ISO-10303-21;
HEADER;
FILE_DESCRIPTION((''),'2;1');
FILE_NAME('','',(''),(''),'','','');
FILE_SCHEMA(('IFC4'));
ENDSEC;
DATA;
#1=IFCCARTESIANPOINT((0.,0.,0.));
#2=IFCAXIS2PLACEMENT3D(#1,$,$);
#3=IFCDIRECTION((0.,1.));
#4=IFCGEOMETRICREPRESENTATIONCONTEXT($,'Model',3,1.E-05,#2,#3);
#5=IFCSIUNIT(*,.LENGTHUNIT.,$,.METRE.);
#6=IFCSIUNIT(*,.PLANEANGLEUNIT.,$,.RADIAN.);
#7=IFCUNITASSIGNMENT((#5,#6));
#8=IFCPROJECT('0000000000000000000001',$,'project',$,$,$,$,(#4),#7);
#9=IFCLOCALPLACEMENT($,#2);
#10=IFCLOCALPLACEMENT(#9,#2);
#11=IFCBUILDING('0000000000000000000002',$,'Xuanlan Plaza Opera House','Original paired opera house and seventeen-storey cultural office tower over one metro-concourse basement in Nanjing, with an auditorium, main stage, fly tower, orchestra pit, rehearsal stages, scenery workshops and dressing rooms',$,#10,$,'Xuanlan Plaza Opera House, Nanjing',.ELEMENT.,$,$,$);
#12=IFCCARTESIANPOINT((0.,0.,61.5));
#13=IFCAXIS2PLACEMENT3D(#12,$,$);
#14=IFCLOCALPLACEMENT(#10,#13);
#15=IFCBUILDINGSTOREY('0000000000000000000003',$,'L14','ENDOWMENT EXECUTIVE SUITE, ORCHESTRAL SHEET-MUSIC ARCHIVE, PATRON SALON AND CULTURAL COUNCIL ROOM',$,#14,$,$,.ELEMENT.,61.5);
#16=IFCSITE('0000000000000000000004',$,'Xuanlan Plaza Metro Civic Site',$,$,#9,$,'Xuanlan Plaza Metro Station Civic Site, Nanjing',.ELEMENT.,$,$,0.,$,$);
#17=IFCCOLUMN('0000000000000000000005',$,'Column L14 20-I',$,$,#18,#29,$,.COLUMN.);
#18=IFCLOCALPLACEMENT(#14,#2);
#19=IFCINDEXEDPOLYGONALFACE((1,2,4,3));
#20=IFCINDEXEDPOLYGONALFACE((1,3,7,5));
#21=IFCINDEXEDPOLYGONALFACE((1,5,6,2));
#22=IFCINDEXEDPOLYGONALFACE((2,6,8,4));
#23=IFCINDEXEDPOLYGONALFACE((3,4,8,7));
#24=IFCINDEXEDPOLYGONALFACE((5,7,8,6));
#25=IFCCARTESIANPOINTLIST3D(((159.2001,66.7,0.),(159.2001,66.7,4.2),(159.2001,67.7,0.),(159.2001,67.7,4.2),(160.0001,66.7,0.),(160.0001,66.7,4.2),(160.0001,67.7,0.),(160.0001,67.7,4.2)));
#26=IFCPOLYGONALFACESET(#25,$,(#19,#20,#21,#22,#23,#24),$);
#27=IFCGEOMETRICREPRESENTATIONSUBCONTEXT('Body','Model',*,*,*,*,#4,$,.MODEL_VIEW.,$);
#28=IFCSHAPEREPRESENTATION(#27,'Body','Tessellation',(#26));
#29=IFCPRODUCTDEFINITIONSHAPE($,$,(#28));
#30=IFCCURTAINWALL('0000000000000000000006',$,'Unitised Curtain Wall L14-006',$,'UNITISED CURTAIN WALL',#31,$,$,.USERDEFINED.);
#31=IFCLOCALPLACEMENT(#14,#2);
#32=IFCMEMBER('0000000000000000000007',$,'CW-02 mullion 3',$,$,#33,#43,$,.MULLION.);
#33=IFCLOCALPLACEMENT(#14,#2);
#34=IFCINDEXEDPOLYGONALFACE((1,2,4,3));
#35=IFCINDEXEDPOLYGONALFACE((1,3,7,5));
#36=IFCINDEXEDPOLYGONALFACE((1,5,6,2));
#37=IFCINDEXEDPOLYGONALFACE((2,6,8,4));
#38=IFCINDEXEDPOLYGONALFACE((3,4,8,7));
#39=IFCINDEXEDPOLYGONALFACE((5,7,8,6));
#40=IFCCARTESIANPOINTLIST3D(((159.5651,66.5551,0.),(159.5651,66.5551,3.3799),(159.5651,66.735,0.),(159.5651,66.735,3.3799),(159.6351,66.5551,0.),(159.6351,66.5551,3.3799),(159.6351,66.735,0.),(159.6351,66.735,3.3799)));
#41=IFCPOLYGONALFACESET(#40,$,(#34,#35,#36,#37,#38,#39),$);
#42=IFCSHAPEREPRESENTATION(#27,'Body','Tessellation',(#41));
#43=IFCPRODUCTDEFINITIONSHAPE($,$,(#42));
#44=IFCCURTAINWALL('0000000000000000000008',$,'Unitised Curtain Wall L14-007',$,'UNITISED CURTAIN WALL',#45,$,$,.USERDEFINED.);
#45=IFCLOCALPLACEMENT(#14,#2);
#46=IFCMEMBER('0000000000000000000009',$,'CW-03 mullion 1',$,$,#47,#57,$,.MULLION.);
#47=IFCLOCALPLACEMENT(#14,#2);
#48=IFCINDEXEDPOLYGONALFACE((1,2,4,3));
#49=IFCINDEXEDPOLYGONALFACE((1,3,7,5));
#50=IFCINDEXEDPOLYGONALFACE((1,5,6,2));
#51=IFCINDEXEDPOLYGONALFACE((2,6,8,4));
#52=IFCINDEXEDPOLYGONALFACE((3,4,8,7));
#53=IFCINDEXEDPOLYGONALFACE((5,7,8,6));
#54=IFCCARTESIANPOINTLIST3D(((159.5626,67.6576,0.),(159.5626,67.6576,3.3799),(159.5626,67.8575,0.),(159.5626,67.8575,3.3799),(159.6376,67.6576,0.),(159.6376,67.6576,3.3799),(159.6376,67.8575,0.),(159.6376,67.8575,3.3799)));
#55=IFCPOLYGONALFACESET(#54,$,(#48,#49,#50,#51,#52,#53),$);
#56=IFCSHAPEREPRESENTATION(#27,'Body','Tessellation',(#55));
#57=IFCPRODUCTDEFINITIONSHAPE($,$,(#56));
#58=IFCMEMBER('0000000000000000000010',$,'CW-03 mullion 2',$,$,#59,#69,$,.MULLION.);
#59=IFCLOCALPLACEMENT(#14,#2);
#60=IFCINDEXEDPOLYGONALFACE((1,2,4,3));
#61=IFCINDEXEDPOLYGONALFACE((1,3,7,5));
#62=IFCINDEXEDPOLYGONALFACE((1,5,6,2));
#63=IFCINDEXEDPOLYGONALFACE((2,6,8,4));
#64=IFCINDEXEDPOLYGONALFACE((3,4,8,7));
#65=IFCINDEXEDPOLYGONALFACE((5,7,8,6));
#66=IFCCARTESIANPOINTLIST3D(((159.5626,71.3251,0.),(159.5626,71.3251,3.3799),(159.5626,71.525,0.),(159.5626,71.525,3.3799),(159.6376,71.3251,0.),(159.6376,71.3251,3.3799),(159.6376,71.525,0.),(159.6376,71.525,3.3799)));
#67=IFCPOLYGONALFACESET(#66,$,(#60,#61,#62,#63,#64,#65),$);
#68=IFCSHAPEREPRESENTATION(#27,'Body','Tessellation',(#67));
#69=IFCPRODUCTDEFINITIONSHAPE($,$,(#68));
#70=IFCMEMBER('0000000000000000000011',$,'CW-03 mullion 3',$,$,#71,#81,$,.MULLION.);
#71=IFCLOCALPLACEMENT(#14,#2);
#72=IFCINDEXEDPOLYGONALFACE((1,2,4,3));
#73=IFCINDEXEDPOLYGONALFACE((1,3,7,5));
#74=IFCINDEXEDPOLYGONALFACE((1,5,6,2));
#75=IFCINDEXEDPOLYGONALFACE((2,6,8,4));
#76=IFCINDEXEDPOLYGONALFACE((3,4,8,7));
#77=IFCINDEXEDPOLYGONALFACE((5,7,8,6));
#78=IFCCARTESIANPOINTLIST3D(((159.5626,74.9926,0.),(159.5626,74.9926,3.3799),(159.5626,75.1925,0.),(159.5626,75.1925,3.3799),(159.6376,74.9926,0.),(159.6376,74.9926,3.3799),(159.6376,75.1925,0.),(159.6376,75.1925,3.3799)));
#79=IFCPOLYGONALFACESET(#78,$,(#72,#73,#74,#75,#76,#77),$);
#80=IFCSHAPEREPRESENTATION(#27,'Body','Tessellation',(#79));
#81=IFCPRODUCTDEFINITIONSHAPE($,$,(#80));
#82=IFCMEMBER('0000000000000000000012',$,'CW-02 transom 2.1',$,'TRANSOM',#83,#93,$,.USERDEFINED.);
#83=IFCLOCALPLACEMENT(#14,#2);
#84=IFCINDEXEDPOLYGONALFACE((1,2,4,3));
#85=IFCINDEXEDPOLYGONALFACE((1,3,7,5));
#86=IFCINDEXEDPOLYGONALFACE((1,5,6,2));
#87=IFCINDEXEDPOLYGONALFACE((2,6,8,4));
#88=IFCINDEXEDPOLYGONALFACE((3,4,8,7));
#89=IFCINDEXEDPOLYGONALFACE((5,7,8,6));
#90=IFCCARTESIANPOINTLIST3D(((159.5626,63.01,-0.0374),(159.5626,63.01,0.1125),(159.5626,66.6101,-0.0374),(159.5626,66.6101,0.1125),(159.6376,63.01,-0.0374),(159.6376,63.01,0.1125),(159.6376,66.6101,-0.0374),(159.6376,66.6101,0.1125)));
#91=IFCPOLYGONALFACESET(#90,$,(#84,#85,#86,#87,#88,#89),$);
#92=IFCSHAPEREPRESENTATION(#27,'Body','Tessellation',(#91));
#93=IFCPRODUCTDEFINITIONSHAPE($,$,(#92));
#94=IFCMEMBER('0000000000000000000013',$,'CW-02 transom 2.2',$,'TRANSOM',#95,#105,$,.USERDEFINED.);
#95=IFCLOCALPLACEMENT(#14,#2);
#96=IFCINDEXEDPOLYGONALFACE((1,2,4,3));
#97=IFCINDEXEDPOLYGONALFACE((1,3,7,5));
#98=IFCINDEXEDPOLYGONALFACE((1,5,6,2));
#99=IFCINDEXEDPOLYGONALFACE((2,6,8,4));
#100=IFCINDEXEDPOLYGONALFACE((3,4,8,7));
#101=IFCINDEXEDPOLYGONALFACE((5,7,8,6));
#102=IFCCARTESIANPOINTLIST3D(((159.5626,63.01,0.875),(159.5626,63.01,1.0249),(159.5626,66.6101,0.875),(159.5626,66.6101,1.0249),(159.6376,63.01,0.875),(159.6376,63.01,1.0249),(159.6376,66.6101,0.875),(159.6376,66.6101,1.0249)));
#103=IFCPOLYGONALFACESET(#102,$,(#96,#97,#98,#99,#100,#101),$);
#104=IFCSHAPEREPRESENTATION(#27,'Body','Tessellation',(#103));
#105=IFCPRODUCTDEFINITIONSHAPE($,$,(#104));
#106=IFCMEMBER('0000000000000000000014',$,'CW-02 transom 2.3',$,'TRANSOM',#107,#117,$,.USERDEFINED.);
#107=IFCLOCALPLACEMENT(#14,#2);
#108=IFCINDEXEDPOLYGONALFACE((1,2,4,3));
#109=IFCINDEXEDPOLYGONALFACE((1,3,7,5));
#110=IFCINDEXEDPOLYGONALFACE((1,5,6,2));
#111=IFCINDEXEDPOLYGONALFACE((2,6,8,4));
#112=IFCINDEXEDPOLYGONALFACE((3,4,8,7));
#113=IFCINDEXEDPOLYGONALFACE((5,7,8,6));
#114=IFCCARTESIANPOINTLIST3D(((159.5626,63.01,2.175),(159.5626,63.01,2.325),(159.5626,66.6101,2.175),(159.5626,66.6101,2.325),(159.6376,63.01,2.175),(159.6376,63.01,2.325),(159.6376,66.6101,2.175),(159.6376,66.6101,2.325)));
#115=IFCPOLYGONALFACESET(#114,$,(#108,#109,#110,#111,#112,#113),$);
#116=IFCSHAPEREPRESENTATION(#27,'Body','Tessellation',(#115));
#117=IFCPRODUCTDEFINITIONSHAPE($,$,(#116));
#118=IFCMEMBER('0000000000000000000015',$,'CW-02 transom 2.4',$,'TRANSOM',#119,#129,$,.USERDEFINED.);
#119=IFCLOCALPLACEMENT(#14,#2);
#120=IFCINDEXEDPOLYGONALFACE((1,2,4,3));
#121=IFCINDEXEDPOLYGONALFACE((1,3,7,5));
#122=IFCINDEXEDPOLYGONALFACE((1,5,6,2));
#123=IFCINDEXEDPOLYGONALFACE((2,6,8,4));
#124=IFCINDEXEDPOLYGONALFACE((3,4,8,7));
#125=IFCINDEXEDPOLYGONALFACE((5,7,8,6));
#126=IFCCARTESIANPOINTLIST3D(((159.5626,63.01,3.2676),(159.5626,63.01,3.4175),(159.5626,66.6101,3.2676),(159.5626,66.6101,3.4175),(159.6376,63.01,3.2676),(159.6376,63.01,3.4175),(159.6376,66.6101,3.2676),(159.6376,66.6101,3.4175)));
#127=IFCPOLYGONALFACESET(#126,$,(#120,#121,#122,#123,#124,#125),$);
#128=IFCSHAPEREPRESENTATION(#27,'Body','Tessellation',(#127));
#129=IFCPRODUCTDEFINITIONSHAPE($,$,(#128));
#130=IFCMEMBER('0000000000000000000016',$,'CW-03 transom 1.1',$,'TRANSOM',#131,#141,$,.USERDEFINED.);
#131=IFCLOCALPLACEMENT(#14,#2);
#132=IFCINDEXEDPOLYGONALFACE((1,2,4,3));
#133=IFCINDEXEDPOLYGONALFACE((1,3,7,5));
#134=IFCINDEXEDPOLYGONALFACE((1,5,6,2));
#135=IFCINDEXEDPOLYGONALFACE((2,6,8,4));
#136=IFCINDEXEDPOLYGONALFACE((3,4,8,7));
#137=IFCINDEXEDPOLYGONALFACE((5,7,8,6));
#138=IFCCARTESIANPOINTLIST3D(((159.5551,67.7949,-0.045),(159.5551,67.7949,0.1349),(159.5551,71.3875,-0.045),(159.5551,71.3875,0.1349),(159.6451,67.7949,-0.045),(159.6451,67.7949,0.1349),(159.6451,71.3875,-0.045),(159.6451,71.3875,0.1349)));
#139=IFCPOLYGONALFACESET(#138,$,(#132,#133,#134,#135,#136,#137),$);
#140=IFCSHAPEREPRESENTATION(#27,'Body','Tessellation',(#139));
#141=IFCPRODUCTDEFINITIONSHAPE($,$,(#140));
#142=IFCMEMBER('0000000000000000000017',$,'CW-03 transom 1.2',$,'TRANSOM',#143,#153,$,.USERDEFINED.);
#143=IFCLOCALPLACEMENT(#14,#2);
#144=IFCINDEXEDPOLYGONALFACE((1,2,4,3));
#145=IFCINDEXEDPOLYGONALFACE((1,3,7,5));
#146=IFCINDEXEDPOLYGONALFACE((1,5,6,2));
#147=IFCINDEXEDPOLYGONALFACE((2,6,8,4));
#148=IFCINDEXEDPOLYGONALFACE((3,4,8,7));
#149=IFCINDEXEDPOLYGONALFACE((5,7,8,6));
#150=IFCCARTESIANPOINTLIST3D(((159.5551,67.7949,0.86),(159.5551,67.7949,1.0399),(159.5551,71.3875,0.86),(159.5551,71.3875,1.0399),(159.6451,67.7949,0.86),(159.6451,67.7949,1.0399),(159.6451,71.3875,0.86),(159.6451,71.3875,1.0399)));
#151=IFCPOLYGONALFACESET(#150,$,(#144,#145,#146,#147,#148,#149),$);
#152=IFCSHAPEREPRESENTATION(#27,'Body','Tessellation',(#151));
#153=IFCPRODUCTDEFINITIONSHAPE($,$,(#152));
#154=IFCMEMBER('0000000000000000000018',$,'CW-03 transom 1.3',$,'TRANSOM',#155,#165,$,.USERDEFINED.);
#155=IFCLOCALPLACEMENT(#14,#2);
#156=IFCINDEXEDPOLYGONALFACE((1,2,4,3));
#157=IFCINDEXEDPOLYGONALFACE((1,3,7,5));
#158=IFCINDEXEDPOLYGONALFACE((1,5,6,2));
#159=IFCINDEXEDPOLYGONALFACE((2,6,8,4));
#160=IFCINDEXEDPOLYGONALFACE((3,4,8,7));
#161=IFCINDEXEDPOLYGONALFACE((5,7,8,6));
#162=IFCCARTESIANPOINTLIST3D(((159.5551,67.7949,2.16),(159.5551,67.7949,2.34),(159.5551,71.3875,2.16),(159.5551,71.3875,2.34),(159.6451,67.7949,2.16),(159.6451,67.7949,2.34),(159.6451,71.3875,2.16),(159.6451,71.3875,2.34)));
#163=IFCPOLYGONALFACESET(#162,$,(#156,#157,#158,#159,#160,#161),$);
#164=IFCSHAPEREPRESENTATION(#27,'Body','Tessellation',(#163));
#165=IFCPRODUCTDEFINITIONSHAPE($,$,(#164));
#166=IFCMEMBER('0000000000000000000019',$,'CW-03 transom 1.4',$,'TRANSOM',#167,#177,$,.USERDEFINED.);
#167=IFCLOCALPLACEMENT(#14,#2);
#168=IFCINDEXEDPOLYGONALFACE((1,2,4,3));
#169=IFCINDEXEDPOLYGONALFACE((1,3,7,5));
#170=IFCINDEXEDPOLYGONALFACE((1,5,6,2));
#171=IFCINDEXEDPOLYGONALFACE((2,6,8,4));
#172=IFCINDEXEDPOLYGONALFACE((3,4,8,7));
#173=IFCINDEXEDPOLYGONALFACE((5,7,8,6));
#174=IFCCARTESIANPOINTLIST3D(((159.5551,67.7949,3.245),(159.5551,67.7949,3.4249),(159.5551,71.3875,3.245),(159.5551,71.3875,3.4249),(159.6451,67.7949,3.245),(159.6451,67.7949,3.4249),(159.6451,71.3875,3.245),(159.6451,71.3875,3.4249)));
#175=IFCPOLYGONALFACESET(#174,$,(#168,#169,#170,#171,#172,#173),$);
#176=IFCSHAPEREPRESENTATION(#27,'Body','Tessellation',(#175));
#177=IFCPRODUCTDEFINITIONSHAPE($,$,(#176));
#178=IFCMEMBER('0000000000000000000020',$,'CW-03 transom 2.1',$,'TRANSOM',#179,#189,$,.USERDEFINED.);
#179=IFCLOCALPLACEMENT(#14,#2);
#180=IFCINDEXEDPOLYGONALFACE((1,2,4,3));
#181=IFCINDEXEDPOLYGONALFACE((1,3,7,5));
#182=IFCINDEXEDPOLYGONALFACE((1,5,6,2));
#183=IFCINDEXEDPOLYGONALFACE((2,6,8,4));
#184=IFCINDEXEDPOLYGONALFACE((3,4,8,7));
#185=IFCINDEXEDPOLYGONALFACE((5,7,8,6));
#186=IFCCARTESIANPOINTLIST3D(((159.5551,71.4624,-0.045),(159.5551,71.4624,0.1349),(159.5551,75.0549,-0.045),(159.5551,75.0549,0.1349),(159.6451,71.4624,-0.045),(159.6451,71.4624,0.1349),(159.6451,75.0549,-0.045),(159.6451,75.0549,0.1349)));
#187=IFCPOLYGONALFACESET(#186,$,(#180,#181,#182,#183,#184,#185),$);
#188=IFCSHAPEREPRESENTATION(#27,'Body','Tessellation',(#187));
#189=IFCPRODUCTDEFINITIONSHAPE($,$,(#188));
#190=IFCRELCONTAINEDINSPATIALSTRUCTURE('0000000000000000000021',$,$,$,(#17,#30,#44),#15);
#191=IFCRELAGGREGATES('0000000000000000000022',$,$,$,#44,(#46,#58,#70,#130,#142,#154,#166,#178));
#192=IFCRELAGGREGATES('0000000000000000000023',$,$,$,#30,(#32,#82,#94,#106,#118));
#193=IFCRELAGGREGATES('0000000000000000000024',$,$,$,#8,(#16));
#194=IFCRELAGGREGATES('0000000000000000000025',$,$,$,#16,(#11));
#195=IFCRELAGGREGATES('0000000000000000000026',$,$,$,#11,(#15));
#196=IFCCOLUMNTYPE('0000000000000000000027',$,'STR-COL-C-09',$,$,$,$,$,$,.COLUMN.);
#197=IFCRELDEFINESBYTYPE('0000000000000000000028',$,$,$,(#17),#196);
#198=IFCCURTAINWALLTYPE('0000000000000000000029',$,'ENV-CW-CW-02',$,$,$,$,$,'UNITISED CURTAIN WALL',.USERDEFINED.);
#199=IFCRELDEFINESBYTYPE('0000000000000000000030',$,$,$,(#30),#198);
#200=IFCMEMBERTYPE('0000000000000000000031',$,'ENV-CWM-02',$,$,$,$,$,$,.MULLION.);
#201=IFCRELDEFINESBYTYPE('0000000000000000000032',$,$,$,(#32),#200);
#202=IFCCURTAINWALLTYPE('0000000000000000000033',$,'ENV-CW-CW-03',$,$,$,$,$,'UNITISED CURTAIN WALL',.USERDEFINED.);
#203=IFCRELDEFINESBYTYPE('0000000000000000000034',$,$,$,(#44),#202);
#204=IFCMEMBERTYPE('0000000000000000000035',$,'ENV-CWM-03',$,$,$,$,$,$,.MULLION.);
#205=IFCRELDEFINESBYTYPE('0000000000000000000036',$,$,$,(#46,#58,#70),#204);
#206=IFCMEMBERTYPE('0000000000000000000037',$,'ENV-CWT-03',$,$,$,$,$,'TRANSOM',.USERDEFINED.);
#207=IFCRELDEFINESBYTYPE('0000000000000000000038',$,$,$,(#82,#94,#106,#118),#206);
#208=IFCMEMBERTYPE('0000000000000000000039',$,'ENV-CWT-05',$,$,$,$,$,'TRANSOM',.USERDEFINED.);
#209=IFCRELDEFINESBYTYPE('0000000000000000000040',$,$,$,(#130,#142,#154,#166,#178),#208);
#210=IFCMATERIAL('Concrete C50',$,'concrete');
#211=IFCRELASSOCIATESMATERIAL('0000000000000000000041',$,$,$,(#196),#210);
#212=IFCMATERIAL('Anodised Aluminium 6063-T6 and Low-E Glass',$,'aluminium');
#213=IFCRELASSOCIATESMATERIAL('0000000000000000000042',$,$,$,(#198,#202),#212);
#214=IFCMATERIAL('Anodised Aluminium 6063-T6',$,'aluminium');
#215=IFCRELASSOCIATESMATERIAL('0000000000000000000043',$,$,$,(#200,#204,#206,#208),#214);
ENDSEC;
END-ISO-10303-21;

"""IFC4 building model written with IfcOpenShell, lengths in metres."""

from ifc_helpers import new_model, si_unit, direction, frame, origin, origin_2d, place, context, subcontext, project, spatial, rectangle, extrude, material, material_profile, profile_set, type_object, element, aggregate, save


model = new_model("IFC4")

# Units and contexts
model_context = context("Model", 3, precision=1e-05, world=origin(), true_north=direction((0.0, 1.0)))
body_context = subcontext(model_context, "Body", "Model", "MODEL_VIEW")
ifc_project = project(units=[si_unit("LENGTHUNIT", "METRE"), si_unit("PLANEANGLEUNIT", "RADIAN")], contexts=[model_context])

# Site, building, storey
site_placement = place(None, origin())
site = spatial("IfcSite", under=ifc_project, at=site_placement, Name="Xuanlan Plaza Metro Civic Site", LongName="Xuanlan Plaza Metro Station Civic Site, Nanjing", CompositionType="ELEMENT", RefElevation=0.0)
building_placement = place(site_placement, origin())
building = spatial("IfcBuilding", under=site, at=building_placement, Name="Xuanlan Plaza Opera House", Description="Original paired opera house and seventeen-storey cultural office tower over one metro-concourse basement in Nanjing, with an auditorium, main stage, fly tower, orchestra pit, rehearsal stages, scenery workshops and dressing rooms", LongName="Xuanlan Plaza Opera House, Nanjing", CompositionType="ELEMENT")
storey_placement = place(building_placement, frame((0.0, 0.0, 61.5)))
storey = spatial("IfcBuildingStorey", under=building, at=storey_placement, Name="L14", Description="ENDOWMENT EXECUTIVE SUITE, ORCHESTRAL SHEET-MUSIC ARCHIVE, PATRON SALON AND CULTURAL COUNCIL ROOM", CompositionType="ELEMENT", Elevation=61.5)

# Column
ifc_material_1 = material(Name="Concrete C50", Category="concrete")
ifc_material_profile_1 = material_profile(ifc_material_1, rectangle(XDim=0.8, YDim=1.0, at=origin_2d()), Name="RC-COL 800x1000")
ifc_profile_set_1 = profile_set([ifc_material_profile_1], Name="Concrete C50")
column_type = type_object("IfcColumnType", Name="STR-COL-C-09", PredefinedType="COLUMN", material=ifc_profile_set_1)
column_placement = place(storey_placement, frame((159.6001, 67.2, 0.0), z_axis=(0.0, 0.0, 1.0), x_axis=(1.0, 0.0, 0.0)))
element("IfcColumn", 1, at=column_placement, inside=storey, type_object=column_type, Name="Column L14 20-I", PredefinedType="COLUMN", context=body_context, shape_type="SweptSolid", body=[
    extrude(rectangle(XDim=0.8, YDim=1.0, at=origin_2d()), origin(), (0.0, 0.0, 1.0), 4.2),
])

# Curtain wall, member
ifc_material_2 = material(Name="Anodised Aluminium 6063-T6 and Low-E Glass", Category="aluminium")
curtain_wall_type_1 = type_object("IfcCurtainWallType", Name="ENV-CW-CW-02", ElementType="UNITISED CURTAIN WALL", PredefinedType="USERDEFINED", material=ifc_material_2)
curtain_wall_1_placement = place(storey_placement, origin())
curtain_wall_1 = element("IfcCurtainWall", 2, at=curtain_wall_1_placement, inside=storey, type_object=curtain_wall_type_1, Name="Unitised Curtain Wall L14-006", ObjectType="UNITISED CURTAIN WALL", PredefinedType="USERDEFINED")
ifc_material_3 = material(Name="Anodised Aluminium 6063-T6", Category="aluminium")
ifc_material_profile_2 = material_profile(ifc_material_3, rectangle(XDim=0.0701, YDim=0.1799, at=origin_2d()), Name="ALU-M 70x180")
ifc_profile_set_2 = profile_set([ifc_material_profile_2], Name="Anodised Aluminium 6063-T6")
member_type_1 = type_object("IfcMemberType", Name="ENV-CWM-02", PredefinedType="MULLION", material=ifc_profile_set_2)
member_1_placement = place(storey_placement, frame((159.6001, 66.645, 0.0), z_axis=(0.0, 0.0, 1.0), x_axis=(-1.0, 0.0, 0.0)))
member_1 = element("IfcMember", 3, at=member_1_placement, type_object=member_type_1, Name="CW-02 mullion 3", PredefinedType="MULLION", context=body_context, shape_type="SweptSolid", body=[
    extrude(rectangle(XDim=0.0701, YDim=0.1799, at=origin_2d()), origin(), (0.0, 0.0, 1.0), 3.3799),
])

# Curtain wall, members
curtain_wall_type_2 = type_object("IfcCurtainWallType", Name="ENV-CW-CW-03", ElementType="UNITISED CURTAIN WALL", PredefinedType="USERDEFINED", material=ifc_material_2)
curtain_wall_2_placement = place(storey_placement, origin())
curtain_wall_2 = element("IfcCurtainWall", 4, at=curtain_wall_2_placement, inside=storey, type_object=curtain_wall_type_2, Name="Unitised Curtain Wall L14-007", ObjectType="UNITISED CURTAIN WALL", PredefinedType="USERDEFINED")
ifc_material_profile_3 = material_profile(ifc_material_3, rectangle(XDim=0.075, YDim=0.2, at=origin_2d()), Name="ALU-M 75x200")
ifc_profile_set_3 = profile_set([ifc_material_profile_3], Name="Anodised Aluminium 6063-T6")
member_type_2 = type_object("IfcMemberType", Name="ENV-CWM-03", PredefinedType="MULLION", material=ifc_profile_set_3)
member_2_placement = place(storey_placement, frame((159.6001, 67.7576, 0.0), z_axis=(0.0, 0.0, 1.0), x_axis=(-1.0, 0.0, 0.0)))
member_2 = element("IfcMember", 5, at=member_2_placement, type_object=member_type_2, Name="CW-03 mullion 1", PredefinedType="MULLION", context=body_context, shape_type="SweptSolid", body=[
    extrude(rectangle(XDim=0.075, YDim=0.2, at=origin_2d()), origin(), (0.0, 0.0, 1.0), 3.3799),
])
member_3_placement = place(storey_placement, frame((159.6001, 71.425, 0.0), z_axis=(0.0, 0.0, 1.0), x_axis=(-1.0, 0.0, 0.0)))
member_3 = element("IfcMember", 6, at=member_3_placement, type_object=member_type_2, Name="CW-03 mullion 2", PredefinedType="MULLION", context=body_context, shape_type="SweptSolid", body=[
    extrude(rectangle(XDim=0.075, YDim=0.2, at=origin_2d()), origin(), (0.0, 0.0, 1.0), 3.3799),
])
member_4_placement = place(storey_placement, frame((159.6001, 75.0925, 0.0), z_axis=(0.0, 0.0, 1.0), x_axis=(-1.0, 0.0, 0.0)))
member_4 = element("IfcMember", 7, at=member_4_placement, type_object=member_type_2, Name="CW-03 mullion 3", PredefinedType="MULLION", context=body_context, shape_type="SweptSolid", body=[
    extrude(rectangle(XDim=0.075, YDim=0.2, at=origin_2d()), origin(), (0.0, 0.0, 1.0), 3.3799),
])

# Members
ifc_material_profile_4 = material_profile(ifc_material_3, rectangle(XDim=0.075, YDim=0.1499, at=origin_2d()), Name="ALU-T 75x150")
ifc_profile_set_4 = profile_set([ifc_material_profile_4], Name="Anodised Aluminium 6063-T6")
member_type_3 = type_object("IfcMemberType", Name="ENV-CWT-03", ElementType="TRANSOM", PredefinedType="USERDEFINED", material=ifc_profile_set_4)
member_5_placement = place(storey_placement, frame((159.6001, 63.01, 0.0376), z_axis=(0.0, 1.0, 0.0), x_axis=(-1.0, 0.0, 0.0)))
member_5 = element("IfcMember", 8, at=member_5_placement, type_object=member_type_3, Name="CW-02 transom 2.1", ObjectType="TRANSOM", PredefinedType="USERDEFINED", context=body_context, shape_type="SweptSolid", body=[
    extrude(rectangle(XDim=0.075, YDim=0.1499, at=origin_2d()), origin(), (0.0, 0.0, 1.0), 3.6001),
])
member_6_placement = place(storey_placement, frame((159.6001, 63.01, 0.95), z_axis=(0.0, 1.0, 0.0), x_axis=(-1.0, 0.0, 0.0)))
member_6 = element("IfcMember", 9, at=member_6_placement, type_object=member_type_3, Name="CW-02 transom 2.2", ObjectType="TRANSOM", PredefinedType="USERDEFINED", context=body_context, shape_type="SweptSolid", body=[
    extrude(rectangle(XDim=0.075, YDim=0.1499, at=origin_2d()), origin(), (0.0, 0.0, 1.0), 3.6001),
])
member_7_placement = place(storey_placement, frame((159.6001, 63.01, 2.25), z_axis=(0.0, 1.0, 0.0), x_axis=(-1.0, 0.0, 0.0)))
member_7 = element("IfcMember", 10, at=member_7_placement, type_object=member_type_3, Name="CW-02 transom 2.3", ObjectType="TRANSOM", PredefinedType="USERDEFINED", context=body_context, shape_type="SweptSolid", body=[
    extrude(rectangle(XDim=0.075, YDim=0.1499, at=origin_2d()), origin(), (0.0, 0.0, 1.0), 3.6001),
])
member_8_placement = place(storey_placement, frame((159.6001, 63.01, 3.3425), z_axis=(0.0, 1.0, 0.0), x_axis=(-1.0, 0.0, 0.0)))
member_8 = element("IfcMember", 11, at=member_8_placement, type_object=member_type_3, Name="CW-02 transom 2.4", ObjectType="TRANSOM", PredefinedType="USERDEFINED", context=body_context, shape_type="SweptSolid", body=[
    extrude(rectangle(XDim=0.075, YDim=0.1499, at=origin_2d()), origin(), (0.0, 0.0, 1.0), 3.6001),
])
ifc_material_profile_5 = material_profile(ifc_material_3, rectangle(XDim=0.0901, YDim=0.1799, at=origin_2d()), Name="ALU-T 90x180")
ifc_profile_set_5 = profile_set([ifc_material_profile_5], Name="Anodised Aluminium 6063-T6")
member_type_4 = type_object("IfcMemberType", Name="ENV-CWT-05", ElementType="TRANSOM", PredefinedType="USERDEFINED", material=ifc_profile_set_5)
member_9_placement = place(storey_placement, frame((159.6001, 67.7949, 0.0449), z_axis=(0.0, 1.0, 0.0), x_axis=(-1.0, 0.0, 0.0)))
member_9 = element("IfcMember", 12, at=member_9_placement, type_object=member_type_4, Name="CW-03 transom 1.1", ObjectType="TRANSOM", PredefinedType="USERDEFINED", context=body_context, shape_type="SweptSolid", body=[
    extrude(rectangle(XDim=0.0901, YDim=0.1799, at=origin_2d()), origin(), (0.0, 0.0, 1.0), 3.5925),
])
member_10_placement = place(storey_placement, frame((159.6001, 67.7949, 0.95), z_axis=(0.0, 1.0, 0.0), x_axis=(-1.0, 0.0, 0.0)))
member_10 = element("IfcMember", 13, at=member_10_placement, type_object=member_type_4, Name="CW-03 transom 1.2", ObjectType="TRANSOM", PredefinedType="USERDEFINED", context=body_context, shape_type="SweptSolid", body=[
    extrude(rectangle(XDim=0.0901, YDim=0.1799, at=origin_2d()), origin(), (0.0, 0.0, 1.0), 3.5925),
])
member_11_placement = place(storey_placement, frame((159.6001, 67.7949, 2.25), z_axis=(0.0, 1.0, 0.0), x_axis=(-1.0, 0.0, 0.0)))
member_11 = element("IfcMember", 14, at=member_11_placement, type_object=member_type_4, Name="CW-03 transom 1.3", ObjectType="TRANSOM", PredefinedType="USERDEFINED", context=body_context, shape_type="SweptSolid", body=[
    extrude(rectangle(XDim=0.0901, YDim=0.1799, at=origin_2d()), origin(), (0.0, 0.0, 1.0), 3.5925),
])
member_12_placement = place(storey_placement, frame((159.6001, 67.7949, 3.335), z_axis=(0.0, 1.0, 0.0), x_axis=(-1.0, 0.0, 0.0)))
member_12 = element("IfcMember", 15, at=member_12_placement, type_object=member_type_4, Name="CW-03 transom 1.4", ObjectType="TRANSOM", PredefinedType="USERDEFINED", context=body_context, shape_type="SweptSolid", body=[
    extrude(rectangle(XDim=0.0901, YDim=0.1799, at=origin_2d()), origin(), (0.0, 0.0, 1.0), 3.5925),
])
member_13_placement = place(storey_placement, frame((159.6001, 71.4624, 0.0449), z_axis=(0.0, 1.0, 0.0), x_axis=(-1.0, 0.0, 0.0)))
member_13 = element("IfcMember", 16, at=member_13_placement, type_object=member_type_4, Name="CW-03 transom 2.1", ObjectType="TRANSOM", PredefinedType="USERDEFINED", context=body_context, shape_type="SweptSolid", body=[
    extrude(rectangle(XDim=0.0901, YDim=0.1799, at=origin_2d()), origin(), (0.0, 0.0, 1.0), 3.5925),
])

aggregate(curtain_wall_2, [member_2, member_3, member_4, member_9, member_10, member_11, member_12, member_13])
aggregate(curtain_wall_1, [member_1, member_5, member_6, member_7, member_8])

save(model, "model.ifc")
